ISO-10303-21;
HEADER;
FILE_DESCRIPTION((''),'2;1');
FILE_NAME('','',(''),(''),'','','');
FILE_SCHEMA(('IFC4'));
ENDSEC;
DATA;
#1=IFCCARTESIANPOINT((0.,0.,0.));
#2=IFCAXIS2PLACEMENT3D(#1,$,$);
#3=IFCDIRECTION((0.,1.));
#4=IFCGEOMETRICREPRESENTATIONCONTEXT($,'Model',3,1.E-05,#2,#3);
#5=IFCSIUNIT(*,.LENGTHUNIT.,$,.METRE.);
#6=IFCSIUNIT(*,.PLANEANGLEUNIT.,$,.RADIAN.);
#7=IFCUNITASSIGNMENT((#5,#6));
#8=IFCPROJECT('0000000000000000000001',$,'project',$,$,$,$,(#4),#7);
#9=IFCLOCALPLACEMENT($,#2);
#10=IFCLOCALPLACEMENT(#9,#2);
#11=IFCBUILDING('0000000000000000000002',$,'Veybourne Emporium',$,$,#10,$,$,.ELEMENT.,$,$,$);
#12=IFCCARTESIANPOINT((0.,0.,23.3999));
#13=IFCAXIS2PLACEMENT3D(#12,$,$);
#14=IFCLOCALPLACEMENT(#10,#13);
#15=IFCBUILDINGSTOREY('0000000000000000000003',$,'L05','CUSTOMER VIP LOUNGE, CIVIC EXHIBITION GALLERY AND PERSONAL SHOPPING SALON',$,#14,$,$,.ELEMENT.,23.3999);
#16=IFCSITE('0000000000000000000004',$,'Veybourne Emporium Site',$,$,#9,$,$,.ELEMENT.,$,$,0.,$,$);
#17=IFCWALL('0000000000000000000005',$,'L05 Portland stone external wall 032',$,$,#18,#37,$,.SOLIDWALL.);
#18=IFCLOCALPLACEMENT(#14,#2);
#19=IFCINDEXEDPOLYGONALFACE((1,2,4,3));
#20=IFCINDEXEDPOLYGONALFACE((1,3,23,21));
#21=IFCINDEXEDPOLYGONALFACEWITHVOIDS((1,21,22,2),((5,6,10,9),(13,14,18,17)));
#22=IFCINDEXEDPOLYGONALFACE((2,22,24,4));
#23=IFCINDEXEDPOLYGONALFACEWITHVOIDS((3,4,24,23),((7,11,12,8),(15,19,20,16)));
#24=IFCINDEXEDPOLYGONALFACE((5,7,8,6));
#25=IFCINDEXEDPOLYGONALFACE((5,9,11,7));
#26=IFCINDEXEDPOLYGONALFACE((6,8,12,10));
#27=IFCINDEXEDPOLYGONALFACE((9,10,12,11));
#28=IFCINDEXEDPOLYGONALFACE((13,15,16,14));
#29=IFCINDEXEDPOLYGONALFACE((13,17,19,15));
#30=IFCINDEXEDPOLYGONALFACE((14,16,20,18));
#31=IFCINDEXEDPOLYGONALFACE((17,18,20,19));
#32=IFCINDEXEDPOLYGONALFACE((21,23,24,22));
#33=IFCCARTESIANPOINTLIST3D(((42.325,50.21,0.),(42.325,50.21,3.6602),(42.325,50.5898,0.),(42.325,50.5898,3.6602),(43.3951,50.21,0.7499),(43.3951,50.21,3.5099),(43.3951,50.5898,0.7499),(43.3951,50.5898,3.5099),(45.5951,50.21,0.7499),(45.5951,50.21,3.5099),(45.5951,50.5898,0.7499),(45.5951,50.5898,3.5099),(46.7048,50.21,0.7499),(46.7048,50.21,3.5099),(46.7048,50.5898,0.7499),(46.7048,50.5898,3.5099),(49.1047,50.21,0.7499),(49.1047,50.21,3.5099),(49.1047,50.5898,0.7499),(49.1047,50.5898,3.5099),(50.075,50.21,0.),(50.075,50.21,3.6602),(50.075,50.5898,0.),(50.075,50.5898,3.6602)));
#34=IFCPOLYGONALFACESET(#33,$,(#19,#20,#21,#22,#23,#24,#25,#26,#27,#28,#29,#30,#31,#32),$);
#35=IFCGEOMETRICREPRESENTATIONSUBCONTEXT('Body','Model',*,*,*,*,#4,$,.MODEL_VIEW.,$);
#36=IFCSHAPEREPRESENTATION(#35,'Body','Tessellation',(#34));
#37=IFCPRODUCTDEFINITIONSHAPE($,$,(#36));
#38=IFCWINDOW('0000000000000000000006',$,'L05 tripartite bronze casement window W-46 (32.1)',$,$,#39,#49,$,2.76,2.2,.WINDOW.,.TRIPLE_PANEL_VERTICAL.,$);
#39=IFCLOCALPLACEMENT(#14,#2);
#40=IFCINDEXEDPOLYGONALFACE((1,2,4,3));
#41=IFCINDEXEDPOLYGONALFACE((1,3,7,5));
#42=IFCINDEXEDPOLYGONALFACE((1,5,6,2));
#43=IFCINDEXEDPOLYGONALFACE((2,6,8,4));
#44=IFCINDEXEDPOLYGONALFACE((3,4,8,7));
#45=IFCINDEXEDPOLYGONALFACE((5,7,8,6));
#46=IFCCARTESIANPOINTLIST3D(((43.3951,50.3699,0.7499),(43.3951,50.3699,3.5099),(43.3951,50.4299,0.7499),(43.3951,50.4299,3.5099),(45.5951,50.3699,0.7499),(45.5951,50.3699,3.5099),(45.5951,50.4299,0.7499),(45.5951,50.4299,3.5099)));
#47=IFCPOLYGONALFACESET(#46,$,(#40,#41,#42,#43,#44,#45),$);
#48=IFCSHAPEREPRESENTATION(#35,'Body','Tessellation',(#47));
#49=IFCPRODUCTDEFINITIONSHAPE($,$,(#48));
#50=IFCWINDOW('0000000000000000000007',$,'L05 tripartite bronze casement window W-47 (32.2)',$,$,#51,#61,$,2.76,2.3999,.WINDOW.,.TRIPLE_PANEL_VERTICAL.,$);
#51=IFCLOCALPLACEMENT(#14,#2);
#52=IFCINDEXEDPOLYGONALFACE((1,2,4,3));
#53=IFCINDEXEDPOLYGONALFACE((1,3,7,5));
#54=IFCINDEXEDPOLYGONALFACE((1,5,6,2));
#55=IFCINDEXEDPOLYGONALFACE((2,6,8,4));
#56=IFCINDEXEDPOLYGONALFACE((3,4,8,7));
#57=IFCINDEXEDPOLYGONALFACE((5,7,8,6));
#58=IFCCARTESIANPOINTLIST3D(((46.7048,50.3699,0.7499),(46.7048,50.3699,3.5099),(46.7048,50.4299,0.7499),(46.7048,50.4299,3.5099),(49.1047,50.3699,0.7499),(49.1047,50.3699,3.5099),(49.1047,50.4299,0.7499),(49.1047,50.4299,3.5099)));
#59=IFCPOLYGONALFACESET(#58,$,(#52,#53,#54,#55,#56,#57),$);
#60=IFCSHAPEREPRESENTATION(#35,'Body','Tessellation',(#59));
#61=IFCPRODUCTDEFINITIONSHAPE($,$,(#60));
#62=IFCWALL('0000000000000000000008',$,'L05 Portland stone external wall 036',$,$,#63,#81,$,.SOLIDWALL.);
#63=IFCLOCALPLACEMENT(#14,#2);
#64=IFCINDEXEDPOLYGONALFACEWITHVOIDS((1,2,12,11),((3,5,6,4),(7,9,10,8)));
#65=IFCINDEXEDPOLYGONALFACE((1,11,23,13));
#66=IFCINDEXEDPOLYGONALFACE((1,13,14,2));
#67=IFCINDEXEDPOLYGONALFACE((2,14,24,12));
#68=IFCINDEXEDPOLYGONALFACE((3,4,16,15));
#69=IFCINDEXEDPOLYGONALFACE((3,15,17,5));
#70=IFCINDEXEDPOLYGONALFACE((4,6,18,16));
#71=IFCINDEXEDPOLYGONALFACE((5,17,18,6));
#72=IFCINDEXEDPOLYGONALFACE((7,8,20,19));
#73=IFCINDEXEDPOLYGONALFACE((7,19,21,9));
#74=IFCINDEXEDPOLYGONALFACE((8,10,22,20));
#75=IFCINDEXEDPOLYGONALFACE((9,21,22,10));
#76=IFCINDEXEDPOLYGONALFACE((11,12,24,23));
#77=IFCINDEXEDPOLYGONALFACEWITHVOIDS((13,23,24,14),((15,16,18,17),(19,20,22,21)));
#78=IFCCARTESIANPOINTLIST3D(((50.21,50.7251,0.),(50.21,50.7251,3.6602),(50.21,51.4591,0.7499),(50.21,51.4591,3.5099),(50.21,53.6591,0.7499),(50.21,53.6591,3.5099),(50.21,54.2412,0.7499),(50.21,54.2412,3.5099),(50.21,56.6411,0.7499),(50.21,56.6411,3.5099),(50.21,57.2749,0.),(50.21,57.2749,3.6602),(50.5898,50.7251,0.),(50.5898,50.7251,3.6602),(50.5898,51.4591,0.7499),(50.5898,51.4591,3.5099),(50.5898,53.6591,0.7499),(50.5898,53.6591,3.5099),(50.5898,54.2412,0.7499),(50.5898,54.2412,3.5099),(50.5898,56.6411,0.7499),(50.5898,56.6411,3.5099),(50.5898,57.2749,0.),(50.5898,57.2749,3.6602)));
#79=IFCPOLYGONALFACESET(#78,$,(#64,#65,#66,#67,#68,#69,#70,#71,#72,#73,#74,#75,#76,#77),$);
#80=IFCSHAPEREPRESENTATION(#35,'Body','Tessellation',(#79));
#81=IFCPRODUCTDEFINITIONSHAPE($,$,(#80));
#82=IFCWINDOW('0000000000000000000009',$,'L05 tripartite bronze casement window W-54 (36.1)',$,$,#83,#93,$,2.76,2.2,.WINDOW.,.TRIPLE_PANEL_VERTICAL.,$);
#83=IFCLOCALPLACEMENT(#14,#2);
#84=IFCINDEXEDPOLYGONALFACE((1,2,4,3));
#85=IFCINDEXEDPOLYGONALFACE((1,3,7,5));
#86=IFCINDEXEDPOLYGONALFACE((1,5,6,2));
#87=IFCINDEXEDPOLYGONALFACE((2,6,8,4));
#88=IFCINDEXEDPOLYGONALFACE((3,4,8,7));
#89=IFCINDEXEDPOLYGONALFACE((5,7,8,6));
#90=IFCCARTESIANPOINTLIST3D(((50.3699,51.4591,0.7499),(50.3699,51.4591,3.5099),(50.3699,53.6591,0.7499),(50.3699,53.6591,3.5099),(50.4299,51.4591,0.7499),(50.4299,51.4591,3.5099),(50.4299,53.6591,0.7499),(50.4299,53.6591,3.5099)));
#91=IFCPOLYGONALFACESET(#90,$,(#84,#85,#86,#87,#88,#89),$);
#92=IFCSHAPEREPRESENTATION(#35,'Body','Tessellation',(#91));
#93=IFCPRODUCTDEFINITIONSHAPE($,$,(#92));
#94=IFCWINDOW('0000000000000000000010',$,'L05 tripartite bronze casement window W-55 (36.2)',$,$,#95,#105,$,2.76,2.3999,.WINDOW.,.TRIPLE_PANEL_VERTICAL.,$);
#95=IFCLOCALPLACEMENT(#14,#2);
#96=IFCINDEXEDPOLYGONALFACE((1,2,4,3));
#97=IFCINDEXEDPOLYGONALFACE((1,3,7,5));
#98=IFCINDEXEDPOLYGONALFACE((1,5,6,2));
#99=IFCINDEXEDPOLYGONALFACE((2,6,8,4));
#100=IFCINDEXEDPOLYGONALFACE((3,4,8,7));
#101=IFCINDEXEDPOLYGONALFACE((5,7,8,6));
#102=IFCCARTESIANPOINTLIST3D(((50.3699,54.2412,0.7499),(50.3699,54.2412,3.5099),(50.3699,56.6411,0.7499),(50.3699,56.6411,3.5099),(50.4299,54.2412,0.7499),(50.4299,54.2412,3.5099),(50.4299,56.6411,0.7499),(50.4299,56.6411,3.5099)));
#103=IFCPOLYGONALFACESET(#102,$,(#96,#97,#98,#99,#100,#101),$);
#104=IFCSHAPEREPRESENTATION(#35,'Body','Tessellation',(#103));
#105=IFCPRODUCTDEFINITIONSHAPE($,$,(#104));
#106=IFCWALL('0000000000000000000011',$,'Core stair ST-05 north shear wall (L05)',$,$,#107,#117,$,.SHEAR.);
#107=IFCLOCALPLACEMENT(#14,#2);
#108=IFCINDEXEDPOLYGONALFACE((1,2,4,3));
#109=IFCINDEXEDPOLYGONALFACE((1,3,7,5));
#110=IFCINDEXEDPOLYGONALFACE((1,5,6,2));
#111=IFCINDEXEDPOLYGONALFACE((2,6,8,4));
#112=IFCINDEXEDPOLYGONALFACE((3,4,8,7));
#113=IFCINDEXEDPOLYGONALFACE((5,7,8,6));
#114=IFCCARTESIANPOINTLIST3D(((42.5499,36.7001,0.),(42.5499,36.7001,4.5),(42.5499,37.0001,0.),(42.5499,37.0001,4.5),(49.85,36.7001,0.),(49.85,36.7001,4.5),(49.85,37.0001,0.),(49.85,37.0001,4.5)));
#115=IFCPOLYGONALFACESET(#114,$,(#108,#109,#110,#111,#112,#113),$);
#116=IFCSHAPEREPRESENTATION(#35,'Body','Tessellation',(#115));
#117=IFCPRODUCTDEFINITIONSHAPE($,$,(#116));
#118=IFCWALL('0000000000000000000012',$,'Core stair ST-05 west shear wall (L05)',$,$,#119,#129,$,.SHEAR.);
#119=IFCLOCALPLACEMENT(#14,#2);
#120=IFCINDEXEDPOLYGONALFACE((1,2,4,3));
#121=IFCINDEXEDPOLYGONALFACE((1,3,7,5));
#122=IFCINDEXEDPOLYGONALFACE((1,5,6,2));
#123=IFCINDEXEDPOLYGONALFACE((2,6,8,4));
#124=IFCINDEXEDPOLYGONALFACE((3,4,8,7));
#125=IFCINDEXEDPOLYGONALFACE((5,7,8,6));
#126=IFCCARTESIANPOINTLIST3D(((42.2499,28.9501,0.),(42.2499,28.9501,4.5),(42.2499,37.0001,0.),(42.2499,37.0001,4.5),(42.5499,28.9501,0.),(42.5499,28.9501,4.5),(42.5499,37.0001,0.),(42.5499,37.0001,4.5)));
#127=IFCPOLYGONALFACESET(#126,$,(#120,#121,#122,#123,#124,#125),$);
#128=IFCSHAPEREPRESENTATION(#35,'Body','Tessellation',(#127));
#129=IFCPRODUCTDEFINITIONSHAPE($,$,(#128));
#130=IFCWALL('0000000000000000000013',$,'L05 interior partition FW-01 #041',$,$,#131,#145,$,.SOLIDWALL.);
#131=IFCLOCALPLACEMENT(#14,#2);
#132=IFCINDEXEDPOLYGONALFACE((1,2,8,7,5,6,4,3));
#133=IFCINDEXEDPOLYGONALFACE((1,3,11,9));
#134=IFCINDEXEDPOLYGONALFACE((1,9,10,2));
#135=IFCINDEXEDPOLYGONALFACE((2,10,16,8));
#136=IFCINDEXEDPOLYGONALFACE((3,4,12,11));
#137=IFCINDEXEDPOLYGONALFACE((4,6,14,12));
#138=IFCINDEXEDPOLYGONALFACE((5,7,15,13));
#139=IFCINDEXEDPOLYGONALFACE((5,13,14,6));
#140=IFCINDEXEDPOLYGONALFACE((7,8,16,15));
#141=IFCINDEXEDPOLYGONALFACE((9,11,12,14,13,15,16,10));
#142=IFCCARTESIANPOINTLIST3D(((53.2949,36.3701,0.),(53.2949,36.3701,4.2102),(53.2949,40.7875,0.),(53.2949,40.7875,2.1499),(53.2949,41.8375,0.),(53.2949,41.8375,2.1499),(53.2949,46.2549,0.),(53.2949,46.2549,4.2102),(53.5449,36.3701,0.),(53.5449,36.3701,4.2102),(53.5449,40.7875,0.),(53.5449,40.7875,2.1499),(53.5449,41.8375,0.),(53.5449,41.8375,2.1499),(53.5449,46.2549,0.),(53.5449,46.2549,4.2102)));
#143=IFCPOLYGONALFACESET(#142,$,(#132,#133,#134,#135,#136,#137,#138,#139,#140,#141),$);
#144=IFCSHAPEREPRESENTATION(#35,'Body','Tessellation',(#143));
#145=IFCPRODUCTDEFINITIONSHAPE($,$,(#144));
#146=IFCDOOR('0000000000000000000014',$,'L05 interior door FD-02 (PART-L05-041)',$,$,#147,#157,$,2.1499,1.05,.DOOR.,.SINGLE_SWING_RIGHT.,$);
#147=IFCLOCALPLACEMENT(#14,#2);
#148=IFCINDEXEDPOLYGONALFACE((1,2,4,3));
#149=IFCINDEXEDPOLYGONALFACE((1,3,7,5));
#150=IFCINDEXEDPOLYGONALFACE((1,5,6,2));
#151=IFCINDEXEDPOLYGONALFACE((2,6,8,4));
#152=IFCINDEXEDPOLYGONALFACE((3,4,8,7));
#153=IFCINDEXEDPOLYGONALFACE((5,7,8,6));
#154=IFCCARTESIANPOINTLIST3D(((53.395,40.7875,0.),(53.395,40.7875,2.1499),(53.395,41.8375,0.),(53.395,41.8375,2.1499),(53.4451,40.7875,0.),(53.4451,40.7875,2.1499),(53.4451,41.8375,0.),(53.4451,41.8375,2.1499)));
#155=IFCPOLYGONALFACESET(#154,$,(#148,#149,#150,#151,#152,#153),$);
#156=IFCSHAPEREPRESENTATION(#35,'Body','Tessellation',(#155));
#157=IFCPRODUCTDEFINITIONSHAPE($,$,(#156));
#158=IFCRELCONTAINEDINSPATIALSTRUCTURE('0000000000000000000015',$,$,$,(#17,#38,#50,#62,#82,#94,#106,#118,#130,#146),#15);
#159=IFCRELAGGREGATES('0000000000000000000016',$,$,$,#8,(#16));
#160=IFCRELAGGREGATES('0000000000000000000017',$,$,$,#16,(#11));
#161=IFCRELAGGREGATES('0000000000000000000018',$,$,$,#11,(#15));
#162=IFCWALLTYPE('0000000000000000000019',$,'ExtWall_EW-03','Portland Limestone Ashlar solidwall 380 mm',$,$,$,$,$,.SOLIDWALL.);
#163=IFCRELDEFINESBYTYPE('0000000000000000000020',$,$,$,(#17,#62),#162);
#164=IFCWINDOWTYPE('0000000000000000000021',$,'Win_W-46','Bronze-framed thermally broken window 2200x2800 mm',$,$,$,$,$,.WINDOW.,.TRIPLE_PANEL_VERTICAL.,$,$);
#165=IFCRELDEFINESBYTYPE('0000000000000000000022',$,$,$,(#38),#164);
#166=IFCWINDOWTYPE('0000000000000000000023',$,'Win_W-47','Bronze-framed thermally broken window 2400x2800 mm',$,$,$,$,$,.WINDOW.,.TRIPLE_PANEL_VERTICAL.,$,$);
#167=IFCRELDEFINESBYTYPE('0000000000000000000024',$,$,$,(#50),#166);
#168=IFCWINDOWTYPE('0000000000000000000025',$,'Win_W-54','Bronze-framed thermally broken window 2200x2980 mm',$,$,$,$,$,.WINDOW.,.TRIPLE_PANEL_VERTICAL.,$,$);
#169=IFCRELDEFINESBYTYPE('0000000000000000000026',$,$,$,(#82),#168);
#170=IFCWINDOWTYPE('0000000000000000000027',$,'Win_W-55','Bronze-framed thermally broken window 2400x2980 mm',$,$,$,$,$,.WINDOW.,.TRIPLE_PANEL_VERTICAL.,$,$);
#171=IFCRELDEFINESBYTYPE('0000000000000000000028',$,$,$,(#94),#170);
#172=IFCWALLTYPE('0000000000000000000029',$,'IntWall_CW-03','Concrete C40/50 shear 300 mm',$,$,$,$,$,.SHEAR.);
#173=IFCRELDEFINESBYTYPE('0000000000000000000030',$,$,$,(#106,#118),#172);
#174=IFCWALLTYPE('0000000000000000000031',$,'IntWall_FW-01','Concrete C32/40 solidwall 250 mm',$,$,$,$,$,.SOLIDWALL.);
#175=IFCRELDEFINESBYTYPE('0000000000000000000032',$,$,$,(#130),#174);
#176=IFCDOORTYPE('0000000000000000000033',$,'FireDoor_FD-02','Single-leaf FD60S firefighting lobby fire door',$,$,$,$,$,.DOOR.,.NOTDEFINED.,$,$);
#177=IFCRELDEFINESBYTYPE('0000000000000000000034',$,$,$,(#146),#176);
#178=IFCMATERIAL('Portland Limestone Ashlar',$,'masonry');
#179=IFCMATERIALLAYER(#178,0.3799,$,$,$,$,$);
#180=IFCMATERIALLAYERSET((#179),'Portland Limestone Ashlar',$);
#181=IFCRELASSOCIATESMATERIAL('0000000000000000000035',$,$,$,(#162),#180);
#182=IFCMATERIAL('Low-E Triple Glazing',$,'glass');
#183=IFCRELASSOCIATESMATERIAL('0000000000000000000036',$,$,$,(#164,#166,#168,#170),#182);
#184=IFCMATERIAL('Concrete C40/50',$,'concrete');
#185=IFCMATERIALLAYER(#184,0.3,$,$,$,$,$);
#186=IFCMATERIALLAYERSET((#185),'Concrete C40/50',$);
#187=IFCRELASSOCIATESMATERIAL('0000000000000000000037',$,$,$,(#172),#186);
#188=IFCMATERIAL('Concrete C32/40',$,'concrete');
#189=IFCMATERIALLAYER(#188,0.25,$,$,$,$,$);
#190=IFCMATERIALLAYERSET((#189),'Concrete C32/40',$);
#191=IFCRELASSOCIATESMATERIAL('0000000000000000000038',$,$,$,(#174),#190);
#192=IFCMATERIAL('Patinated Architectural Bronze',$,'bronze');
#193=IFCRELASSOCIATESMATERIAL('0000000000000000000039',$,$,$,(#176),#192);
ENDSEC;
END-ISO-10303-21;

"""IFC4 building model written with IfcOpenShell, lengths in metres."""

from ifc_helpers import new_model, si_unit, direction, frame, frame_2d, origin, place, context, subcontext, project, spatial, rectangle, extrude, material, layer, layer_set, type_object, element, fill, save


model = new_model("IFC4")

# Units and contexts
model_context = context("Model", 3, precision=1e-05, world=origin(), true_north=direction((0.0, 1.0)))
body_context = subcontext(model_context, "Body", "Model", "MODEL_VIEW")
ifc_project = project(units=[si_unit("LENGTHUNIT", "METRE"), si_unit("PLANEANGLEUNIT", "RADIAN")], contexts=[model_context])

# Site, building, storey
site_placement = place(None, origin())
site = spatial("IfcSite", under=ifc_project, at=site_placement, Name="Veybourne Emporium Site", CompositionType="ELEMENT", RefElevation=0.0)
building_placement = place(site_placement, origin())
building = spatial("IfcBuilding", under=site, at=building_placement, Name="Veybourne Emporium", CompositionType="ELEMENT")
storey_placement = place(building_placement, frame((0.0, 0.0, 23.3999)))
storey = spatial("IfcBuildingStorey", under=building, at=storey_placement, Name="L05", Description="CUSTOMER VIP LOUNGE, CIVIC EXHIBITION GALLERY AND PERSONAL SHOPPING SALON", CompositionType="ELEMENT", Elevation=23.3999)

# Shared definitions
ifc_material_1 = material(Name="Concrete C40/50", Category="concrete")

# Shared definitions
ifc_material_2 = material(Name="Concrete C32/40", Category="concrete")

# Walls, openings, windows
ifc_material_3 = material(Name="Portland Limestone Ashlar", Category="masonry")
ifc_layer_1 = layer(ifc_material_3, 0.3799)
ifc_layer_set_1 = layer_set([ifc_layer_1], Name="Portland Limestone Ashlar")
wall_type_1 = type_object("IfcWallType", Name="ExtWall_EW-03", Description="Portland Limestone Ashlar solidwall 380 mm", PredefinedType="SOLIDWALL", material=ifc_layer_set_1)
wall_1_placement = place(storey_placement, frame((42.325, 50.3999, 0.0), z_axis=(0.0, 0.0, 1.0), x_axis=(1.0, 0.0, 0.0)))
wall_1 = element("IfcWall", 1, at=wall_1_placement, inside=storey, type_object=wall_type_1, Name="L05 Portland stone external wall 032", PredefinedType="SOLIDWALL", context=body_context, shape_type="SweptSolid", body=[
    extrude(rectangle(XDim=7.75, YDim=0.3799, at=frame_2d((3.875, 0.0))), origin(), (0.0, 0.0, 1.0), 3.6602),
])
opening_1_placement = place(wall_1_placement, frame((1.0701, 0.0, 0.75)))
opening_1 = element("IfcOpeningElement", 2, at=opening_1_placement, cuts=wall_1, PredefinedType="OPENING", context=body_context, shape_type="SweptSolid", body=[
    extrude(rectangle(XDim=2.2, YDim=2.76, at=frame_2d((1.1001, 1.3799))), frame((0.0, 0.21, 0.0), z_axis=(0.0, -1.0, 0.0), x_axis=(1.0, 0.0, 0.0)), (0.0, 0.0, 1.0), 0.4199),
])
opening_2_placement = place(wall_1_placement, frame((4.3799, 0.0, 0.75)))
opening_2 = element("IfcOpeningElement", 3, at=opening_2_placement, cuts=wall_1, PredefinedType="OPENING", context=body_context, shape_type="SweptSolid", body=[
    extrude(rectangle(XDim=2.3999, YDim=2.76, at=frame_2d((1.2, 1.3799))), frame((0.0, 0.21, 0.0), z_axis=(0.0, -1.0, 0.0), x_axis=(1.0, 0.0, 0.0)), (0.0, 0.0, 1.0), 0.4199),
])
ifc_material_4 = material(Name="Low-E Triple Glazing", Category="glass")
window_type_1 = type_object("IfcWindowType", Name="Win_W-46", Description="Bronze-framed thermally broken window 2200x2800 mm", PartitioningType="TRIPLE_PANEL_VERTICAL", PredefinedType="WINDOW", material=ifc_material_4)
window_1_placement = place(opening_1_placement, origin())
window_1 = element("IfcWindow", 4, at=window_1_placement, inside=storey, type_object=window_type_1, Name="L05 tripartite bronze casement window W-46 (32.1)", OverallHeight=2.76, OverallWidth=2.2, PartitioningType="TRIPLE_PANEL_VERTICAL", PredefinedType="WINDOW", context=body_context, shape_type="SweptSolid", body=[
    extrude(rectangle(XDim=2.2, YDim=2.76, at=frame_2d((1.1001, 1.3799))), frame((0.0, 0.03, 0.0), z_axis=(0.0, -1.0, 0.0), x_axis=(1.0, 0.0, 0.0)), (0.0, 0.0, 1.0), 0.0601),
])
fill(opening_1, window_1)
window_type_2 = type_object("IfcWindowType", Name="Win_W-47", Description="Bronze-framed thermally broken window 2400x2800 mm", PartitioningType="TRIPLE_PANEL_VERTICAL", PredefinedType="WINDOW", material=ifc_material_4)
window_2_placement = place(opening_2_placement, origin())
window_2 = element("IfcWindow", 5, at=window_2_placement, inside=storey, type_object=window_type_2, Name="L05 tripartite bronze casement window W-47 (32.2)", OverallHeight=2.76, OverallWidth=2.3999, PartitioningType="TRIPLE_PANEL_VERTICAL", PredefinedType="WINDOW", context=body_context, shape_type="SweptSolid", body=[
    extrude(rectangle(XDim=2.3999, YDim=2.76, at=frame_2d((1.2, 1.3799))), frame((0.0, 0.03, 0.0), z_axis=(0.0, -1.0, 0.0), x_axis=(1.0, 0.0, 0.0)), (0.0, 0.0, 1.0), 0.0601),
])
fill(opening_2, window_2)
wall_2_placement = place(storey_placement, frame((50.3999, 50.7251, 0.0), z_axis=(0.0, 0.0, 1.0), x_axis=(0.0, 1.0, 0.0)))
wall_2 = element("IfcWall", 6, at=wall_2_placement, inside=storey, type_object=wall_type_1, Name="L05 Portland stone external wall 036", PredefinedType="SOLIDWALL", context=body_context, shape_type="SweptSolid", body=[
    extrude(rectangle(XDim=6.5498, YDim=0.3799, at=frame_2d((3.2749, 0.0))), origin(), (0.0, 0.0, 1.0), 3.6602),
])
opening_3_placement = place(wall_2_placement, frame((0.7339, 0.0, 0.75)))
opening_3 = element("IfcOpeningElement", 7, at=opening_3_placement, cuts=wall_2, PredefinedType="OPENING", context=body_context, shape_type="SweptSolid", body=[
    extrude(rectangle(XDim=2.2, YDim=2.76, at=frame_2d((1.1001, 1.3799))), frame((0.0, 0.21, 0.0), z_axis=(0.0, -1.0, 0.0), x_axis=(1.0, 0.0, 0.0)), (0.0, 0.0, 1.0), 0.4199),
])
opening_4_placement = place(wall_2_placement, frame((3.5161, 0.0, 0.75)))
opening_4 = element("IfcOpeningElement", 8, at=opening_4_placement, cuts=wall_2, PredefinedType="OPENING", context=body_context, shape_type="SweptSolid", body=[
    extrude(rectangle(XDim=2.3999, YDim=2.76, at=frame_2d((1.2, 1.3799))), frame((0.0, 0.21, 0.0), z_axis=(0.0, -1.0, 0.0), x_axis=(1.0, 0.0, 0.0)), (0.0, 0.0, 1.0), 0.4199),
])
window_type_3 = type_object("IfcWindowType", Name="Win_W-54", Description="Bronze-framed thermally broken window 2200x2980 mm", PartitioningType="TRIPLE_PANEL_VERTICAL", PredefinedType="WINDOW", material=ifc_material_4)
window_3_placement = place(opening_3_placement, origin())
window_3 = element("IfcWindow", 9, at=window_3_placement, inside=storey, type_object=window_type_3, Name="L05 tripartite bronze casement window W-54 (36.1)", OverallHeight=2.76, OverallWidth=2.2, PartitioningType="TRIPLE_PANEL_VERTICAL", PredefinedType="WINDOW", context=body_context, shape_type="SweptSolid", body=[
    extrude(rectangle(XDim=2.2, YDim=2.76, at=frame_2d((1.1001, 1.3799))), frame((0.0, 0.03, 0.0), z_axis=(0.0, -1.0, 0.0), x_axis=(1.0, 0.0, 0.0)), (0.0, 0.0, 1.0), 0.0601),
])
fill(opening_3, window_3)
window_type_4 = type_object("IfcWindowType", Name="Win_W-55", Description="Bronze-framed thermally broken window 2400x2980 mm", PartitioningType="TRIPLE_PANEL_VERTICAL", PredefinedType="WINDOW", material=ifc_material_4)
window_4_placement = place(opening_4_placement, origin())
window_4 = element("IfcWindow", 10, at=window_4_placement, inside=storey, type_object=window_type_4, Name="L05 tripartite bronze casement window W-55 (36.2)", OverallHeight=2.76, OverallWidth=2.3999, PartitioningType="TRIPLE_PANEL_VERTICAL", PredefinedType="WINDOW", context=body_context, shape_type="SweptSolid", body=[
    extrude(rectangle(XDim=2.3999, YDim=2.76, at=frame_2d((1.2, 1.3799))), frame((0.0, 0.03, 0.0), z_axis=(0.0, -1.0, 0.0), x_axis=(1.0, 0.0, 0.0)), (0.0, 0.0, 1.0), 0.0601),
])
fill(opening_4, window_4)

# Walls
ifc_layer_2 = layer(ifc_material_1, 0.3)
ifc_layer_set_2 = layer_set([ifc_layer_2], Name="Concrete C40/50")
wall_type_2 = type_object("IfcWallType", Name="IntWall_CW-03", Description="Concrete C40/50 shear 300 mm", PredefinedType="SHEAR", material=ifc_layer_set_2)
wall_3_placement = place(storey_placement, frame((42.55, 36.8501, 0.0), z_axis=(0.0, 0.0, 1.0), x_axis=(1.0, 0.0, 0.0)))
element("IfcWall", 11, at=wall_3_placement, inside=storey, type_object=wall_type_2, Name="Core stair ST-05 north shear wall (L05)", PredefinedType="SHEAR", context=body_context, shape_type="SweptSolid", body=[
    extrude(rectangle(XDim=7.3, YDim=0.3, at=frame_2d((3.6499, 0.0))), origin(), (0.0, 0.0, 1.0), 4.5),
])
wall_4_placement = place(storey_placement, frame((42.3999, 37.0, 0.0), z_axis=(0.0, 0.0, 1.0), x_axis=(0.0, -1.0, 0.0)))
element("IfcWall", 12, at=wall_4_placement, inside=storey, type_object=wall_type_2, Name="Core stair ST-05 west shear wall (L05)", PredefinedType="SHEAR", context=body_context, shape_type="SweptSolid", body=[
    extrude(rectangle(XDim=8.05, YDim=0.3, at=frame_2d((4.0249, 0.0))), origin(), (0.0, 0.0, 1.0), 4.5),
])

# Wall, opening, door
ifc_layer_3 = layer(ifc_material_2, 0.25)
ifc_layer_set_3 = layer_set([ifc_layer_3], Name="Concrete C32/40")
wall_type_3 = type_object("IfcWallType", Name="IntWall_FW-01", Description="Concrete C32/40 solidwall 250 mm", PredefinedType="SOLIDWALL", material=ifc_layer_set_3)
wall_5_placement = place(storey_placement, frame((53.4199, 36.3701, 0.0), z_axis=(0.0, 0.0, 1.0), x_axis=(0.0, 1.0, 0.0)))
wall_5 = element("IfcWall", 13, at=wall_5_placement, inside=storey, type_object=wall_type_3, Name="L05 interior partition FW-01 #041", PredefinedType="SOLIDWALL", context=body_context, shape_type="SweptSolid", body=[
    extrude(rectangle(XDim=9.8848, YDim=0.25, at=frame_2d((4.9424, 0.0))), origin(), (0.0, 0.0, 1.0), 4.2102),
])
opening_5_placement = place(wall_5_placement, frame((4.4175, 0.0, 0.0)))
opening_5 = element("IfcOpeningElement", 14, at=opening_5_placement, cuts=wall_5, PredefinedType="OPENING", context=body_context, shape_type="SweptSolid", body=[
    extrude(rectangle(XDim=1.05, YDim=2.1499, at=frame_2d((0.5249, 1.075))), frame((0.0, 0.145, 0.0), z_axis=(0.0, -1.0, 0.0), x_axis=(1.0, 0.0, 0.0)), (0.0, 0.0, 1.0), 0.29),
])
ifc_material_5 = material(Name="Patinated Architectural Bronze", Category="bronze")
door_type_1 = type_object("IfcDoorType", Name="FireDoor_FD-02", Description="Single-leaf FD60S firefighting lobby fire door", OperationType="NOTDEFINED", PredefinedType="DOOR", material=ifc_material_5)
door_1_placement = place(opening_5_placement, origin())
door_1 = element("IfcDoor", 15, at=door_1_placement, inside=storey, type_object=door_type_1, Name="L05 interior door FD-02 (PART-L05-041)", OperationType="SINGLE_SWING_RIGHT", OverallHeight=2.1499, OverallWidth=1.05, PredefinedType="DOOR", context=body_context, shape_type="SweptSolid", body=[
    extrude(rectangle(XDim=1.05, YDim=2.1499, at=frame_2d((0.5249, 1.075))), frame((0.0, 0.0249, 0.0), z_axis=(0.0, -1.0, 0.0), x_axis=(1.0, 0.0, 0.0)), (0.0, 0.0, 1.0), 0.05),
])
fill(opening_5, door_1)

save(model, "model.ifc")
